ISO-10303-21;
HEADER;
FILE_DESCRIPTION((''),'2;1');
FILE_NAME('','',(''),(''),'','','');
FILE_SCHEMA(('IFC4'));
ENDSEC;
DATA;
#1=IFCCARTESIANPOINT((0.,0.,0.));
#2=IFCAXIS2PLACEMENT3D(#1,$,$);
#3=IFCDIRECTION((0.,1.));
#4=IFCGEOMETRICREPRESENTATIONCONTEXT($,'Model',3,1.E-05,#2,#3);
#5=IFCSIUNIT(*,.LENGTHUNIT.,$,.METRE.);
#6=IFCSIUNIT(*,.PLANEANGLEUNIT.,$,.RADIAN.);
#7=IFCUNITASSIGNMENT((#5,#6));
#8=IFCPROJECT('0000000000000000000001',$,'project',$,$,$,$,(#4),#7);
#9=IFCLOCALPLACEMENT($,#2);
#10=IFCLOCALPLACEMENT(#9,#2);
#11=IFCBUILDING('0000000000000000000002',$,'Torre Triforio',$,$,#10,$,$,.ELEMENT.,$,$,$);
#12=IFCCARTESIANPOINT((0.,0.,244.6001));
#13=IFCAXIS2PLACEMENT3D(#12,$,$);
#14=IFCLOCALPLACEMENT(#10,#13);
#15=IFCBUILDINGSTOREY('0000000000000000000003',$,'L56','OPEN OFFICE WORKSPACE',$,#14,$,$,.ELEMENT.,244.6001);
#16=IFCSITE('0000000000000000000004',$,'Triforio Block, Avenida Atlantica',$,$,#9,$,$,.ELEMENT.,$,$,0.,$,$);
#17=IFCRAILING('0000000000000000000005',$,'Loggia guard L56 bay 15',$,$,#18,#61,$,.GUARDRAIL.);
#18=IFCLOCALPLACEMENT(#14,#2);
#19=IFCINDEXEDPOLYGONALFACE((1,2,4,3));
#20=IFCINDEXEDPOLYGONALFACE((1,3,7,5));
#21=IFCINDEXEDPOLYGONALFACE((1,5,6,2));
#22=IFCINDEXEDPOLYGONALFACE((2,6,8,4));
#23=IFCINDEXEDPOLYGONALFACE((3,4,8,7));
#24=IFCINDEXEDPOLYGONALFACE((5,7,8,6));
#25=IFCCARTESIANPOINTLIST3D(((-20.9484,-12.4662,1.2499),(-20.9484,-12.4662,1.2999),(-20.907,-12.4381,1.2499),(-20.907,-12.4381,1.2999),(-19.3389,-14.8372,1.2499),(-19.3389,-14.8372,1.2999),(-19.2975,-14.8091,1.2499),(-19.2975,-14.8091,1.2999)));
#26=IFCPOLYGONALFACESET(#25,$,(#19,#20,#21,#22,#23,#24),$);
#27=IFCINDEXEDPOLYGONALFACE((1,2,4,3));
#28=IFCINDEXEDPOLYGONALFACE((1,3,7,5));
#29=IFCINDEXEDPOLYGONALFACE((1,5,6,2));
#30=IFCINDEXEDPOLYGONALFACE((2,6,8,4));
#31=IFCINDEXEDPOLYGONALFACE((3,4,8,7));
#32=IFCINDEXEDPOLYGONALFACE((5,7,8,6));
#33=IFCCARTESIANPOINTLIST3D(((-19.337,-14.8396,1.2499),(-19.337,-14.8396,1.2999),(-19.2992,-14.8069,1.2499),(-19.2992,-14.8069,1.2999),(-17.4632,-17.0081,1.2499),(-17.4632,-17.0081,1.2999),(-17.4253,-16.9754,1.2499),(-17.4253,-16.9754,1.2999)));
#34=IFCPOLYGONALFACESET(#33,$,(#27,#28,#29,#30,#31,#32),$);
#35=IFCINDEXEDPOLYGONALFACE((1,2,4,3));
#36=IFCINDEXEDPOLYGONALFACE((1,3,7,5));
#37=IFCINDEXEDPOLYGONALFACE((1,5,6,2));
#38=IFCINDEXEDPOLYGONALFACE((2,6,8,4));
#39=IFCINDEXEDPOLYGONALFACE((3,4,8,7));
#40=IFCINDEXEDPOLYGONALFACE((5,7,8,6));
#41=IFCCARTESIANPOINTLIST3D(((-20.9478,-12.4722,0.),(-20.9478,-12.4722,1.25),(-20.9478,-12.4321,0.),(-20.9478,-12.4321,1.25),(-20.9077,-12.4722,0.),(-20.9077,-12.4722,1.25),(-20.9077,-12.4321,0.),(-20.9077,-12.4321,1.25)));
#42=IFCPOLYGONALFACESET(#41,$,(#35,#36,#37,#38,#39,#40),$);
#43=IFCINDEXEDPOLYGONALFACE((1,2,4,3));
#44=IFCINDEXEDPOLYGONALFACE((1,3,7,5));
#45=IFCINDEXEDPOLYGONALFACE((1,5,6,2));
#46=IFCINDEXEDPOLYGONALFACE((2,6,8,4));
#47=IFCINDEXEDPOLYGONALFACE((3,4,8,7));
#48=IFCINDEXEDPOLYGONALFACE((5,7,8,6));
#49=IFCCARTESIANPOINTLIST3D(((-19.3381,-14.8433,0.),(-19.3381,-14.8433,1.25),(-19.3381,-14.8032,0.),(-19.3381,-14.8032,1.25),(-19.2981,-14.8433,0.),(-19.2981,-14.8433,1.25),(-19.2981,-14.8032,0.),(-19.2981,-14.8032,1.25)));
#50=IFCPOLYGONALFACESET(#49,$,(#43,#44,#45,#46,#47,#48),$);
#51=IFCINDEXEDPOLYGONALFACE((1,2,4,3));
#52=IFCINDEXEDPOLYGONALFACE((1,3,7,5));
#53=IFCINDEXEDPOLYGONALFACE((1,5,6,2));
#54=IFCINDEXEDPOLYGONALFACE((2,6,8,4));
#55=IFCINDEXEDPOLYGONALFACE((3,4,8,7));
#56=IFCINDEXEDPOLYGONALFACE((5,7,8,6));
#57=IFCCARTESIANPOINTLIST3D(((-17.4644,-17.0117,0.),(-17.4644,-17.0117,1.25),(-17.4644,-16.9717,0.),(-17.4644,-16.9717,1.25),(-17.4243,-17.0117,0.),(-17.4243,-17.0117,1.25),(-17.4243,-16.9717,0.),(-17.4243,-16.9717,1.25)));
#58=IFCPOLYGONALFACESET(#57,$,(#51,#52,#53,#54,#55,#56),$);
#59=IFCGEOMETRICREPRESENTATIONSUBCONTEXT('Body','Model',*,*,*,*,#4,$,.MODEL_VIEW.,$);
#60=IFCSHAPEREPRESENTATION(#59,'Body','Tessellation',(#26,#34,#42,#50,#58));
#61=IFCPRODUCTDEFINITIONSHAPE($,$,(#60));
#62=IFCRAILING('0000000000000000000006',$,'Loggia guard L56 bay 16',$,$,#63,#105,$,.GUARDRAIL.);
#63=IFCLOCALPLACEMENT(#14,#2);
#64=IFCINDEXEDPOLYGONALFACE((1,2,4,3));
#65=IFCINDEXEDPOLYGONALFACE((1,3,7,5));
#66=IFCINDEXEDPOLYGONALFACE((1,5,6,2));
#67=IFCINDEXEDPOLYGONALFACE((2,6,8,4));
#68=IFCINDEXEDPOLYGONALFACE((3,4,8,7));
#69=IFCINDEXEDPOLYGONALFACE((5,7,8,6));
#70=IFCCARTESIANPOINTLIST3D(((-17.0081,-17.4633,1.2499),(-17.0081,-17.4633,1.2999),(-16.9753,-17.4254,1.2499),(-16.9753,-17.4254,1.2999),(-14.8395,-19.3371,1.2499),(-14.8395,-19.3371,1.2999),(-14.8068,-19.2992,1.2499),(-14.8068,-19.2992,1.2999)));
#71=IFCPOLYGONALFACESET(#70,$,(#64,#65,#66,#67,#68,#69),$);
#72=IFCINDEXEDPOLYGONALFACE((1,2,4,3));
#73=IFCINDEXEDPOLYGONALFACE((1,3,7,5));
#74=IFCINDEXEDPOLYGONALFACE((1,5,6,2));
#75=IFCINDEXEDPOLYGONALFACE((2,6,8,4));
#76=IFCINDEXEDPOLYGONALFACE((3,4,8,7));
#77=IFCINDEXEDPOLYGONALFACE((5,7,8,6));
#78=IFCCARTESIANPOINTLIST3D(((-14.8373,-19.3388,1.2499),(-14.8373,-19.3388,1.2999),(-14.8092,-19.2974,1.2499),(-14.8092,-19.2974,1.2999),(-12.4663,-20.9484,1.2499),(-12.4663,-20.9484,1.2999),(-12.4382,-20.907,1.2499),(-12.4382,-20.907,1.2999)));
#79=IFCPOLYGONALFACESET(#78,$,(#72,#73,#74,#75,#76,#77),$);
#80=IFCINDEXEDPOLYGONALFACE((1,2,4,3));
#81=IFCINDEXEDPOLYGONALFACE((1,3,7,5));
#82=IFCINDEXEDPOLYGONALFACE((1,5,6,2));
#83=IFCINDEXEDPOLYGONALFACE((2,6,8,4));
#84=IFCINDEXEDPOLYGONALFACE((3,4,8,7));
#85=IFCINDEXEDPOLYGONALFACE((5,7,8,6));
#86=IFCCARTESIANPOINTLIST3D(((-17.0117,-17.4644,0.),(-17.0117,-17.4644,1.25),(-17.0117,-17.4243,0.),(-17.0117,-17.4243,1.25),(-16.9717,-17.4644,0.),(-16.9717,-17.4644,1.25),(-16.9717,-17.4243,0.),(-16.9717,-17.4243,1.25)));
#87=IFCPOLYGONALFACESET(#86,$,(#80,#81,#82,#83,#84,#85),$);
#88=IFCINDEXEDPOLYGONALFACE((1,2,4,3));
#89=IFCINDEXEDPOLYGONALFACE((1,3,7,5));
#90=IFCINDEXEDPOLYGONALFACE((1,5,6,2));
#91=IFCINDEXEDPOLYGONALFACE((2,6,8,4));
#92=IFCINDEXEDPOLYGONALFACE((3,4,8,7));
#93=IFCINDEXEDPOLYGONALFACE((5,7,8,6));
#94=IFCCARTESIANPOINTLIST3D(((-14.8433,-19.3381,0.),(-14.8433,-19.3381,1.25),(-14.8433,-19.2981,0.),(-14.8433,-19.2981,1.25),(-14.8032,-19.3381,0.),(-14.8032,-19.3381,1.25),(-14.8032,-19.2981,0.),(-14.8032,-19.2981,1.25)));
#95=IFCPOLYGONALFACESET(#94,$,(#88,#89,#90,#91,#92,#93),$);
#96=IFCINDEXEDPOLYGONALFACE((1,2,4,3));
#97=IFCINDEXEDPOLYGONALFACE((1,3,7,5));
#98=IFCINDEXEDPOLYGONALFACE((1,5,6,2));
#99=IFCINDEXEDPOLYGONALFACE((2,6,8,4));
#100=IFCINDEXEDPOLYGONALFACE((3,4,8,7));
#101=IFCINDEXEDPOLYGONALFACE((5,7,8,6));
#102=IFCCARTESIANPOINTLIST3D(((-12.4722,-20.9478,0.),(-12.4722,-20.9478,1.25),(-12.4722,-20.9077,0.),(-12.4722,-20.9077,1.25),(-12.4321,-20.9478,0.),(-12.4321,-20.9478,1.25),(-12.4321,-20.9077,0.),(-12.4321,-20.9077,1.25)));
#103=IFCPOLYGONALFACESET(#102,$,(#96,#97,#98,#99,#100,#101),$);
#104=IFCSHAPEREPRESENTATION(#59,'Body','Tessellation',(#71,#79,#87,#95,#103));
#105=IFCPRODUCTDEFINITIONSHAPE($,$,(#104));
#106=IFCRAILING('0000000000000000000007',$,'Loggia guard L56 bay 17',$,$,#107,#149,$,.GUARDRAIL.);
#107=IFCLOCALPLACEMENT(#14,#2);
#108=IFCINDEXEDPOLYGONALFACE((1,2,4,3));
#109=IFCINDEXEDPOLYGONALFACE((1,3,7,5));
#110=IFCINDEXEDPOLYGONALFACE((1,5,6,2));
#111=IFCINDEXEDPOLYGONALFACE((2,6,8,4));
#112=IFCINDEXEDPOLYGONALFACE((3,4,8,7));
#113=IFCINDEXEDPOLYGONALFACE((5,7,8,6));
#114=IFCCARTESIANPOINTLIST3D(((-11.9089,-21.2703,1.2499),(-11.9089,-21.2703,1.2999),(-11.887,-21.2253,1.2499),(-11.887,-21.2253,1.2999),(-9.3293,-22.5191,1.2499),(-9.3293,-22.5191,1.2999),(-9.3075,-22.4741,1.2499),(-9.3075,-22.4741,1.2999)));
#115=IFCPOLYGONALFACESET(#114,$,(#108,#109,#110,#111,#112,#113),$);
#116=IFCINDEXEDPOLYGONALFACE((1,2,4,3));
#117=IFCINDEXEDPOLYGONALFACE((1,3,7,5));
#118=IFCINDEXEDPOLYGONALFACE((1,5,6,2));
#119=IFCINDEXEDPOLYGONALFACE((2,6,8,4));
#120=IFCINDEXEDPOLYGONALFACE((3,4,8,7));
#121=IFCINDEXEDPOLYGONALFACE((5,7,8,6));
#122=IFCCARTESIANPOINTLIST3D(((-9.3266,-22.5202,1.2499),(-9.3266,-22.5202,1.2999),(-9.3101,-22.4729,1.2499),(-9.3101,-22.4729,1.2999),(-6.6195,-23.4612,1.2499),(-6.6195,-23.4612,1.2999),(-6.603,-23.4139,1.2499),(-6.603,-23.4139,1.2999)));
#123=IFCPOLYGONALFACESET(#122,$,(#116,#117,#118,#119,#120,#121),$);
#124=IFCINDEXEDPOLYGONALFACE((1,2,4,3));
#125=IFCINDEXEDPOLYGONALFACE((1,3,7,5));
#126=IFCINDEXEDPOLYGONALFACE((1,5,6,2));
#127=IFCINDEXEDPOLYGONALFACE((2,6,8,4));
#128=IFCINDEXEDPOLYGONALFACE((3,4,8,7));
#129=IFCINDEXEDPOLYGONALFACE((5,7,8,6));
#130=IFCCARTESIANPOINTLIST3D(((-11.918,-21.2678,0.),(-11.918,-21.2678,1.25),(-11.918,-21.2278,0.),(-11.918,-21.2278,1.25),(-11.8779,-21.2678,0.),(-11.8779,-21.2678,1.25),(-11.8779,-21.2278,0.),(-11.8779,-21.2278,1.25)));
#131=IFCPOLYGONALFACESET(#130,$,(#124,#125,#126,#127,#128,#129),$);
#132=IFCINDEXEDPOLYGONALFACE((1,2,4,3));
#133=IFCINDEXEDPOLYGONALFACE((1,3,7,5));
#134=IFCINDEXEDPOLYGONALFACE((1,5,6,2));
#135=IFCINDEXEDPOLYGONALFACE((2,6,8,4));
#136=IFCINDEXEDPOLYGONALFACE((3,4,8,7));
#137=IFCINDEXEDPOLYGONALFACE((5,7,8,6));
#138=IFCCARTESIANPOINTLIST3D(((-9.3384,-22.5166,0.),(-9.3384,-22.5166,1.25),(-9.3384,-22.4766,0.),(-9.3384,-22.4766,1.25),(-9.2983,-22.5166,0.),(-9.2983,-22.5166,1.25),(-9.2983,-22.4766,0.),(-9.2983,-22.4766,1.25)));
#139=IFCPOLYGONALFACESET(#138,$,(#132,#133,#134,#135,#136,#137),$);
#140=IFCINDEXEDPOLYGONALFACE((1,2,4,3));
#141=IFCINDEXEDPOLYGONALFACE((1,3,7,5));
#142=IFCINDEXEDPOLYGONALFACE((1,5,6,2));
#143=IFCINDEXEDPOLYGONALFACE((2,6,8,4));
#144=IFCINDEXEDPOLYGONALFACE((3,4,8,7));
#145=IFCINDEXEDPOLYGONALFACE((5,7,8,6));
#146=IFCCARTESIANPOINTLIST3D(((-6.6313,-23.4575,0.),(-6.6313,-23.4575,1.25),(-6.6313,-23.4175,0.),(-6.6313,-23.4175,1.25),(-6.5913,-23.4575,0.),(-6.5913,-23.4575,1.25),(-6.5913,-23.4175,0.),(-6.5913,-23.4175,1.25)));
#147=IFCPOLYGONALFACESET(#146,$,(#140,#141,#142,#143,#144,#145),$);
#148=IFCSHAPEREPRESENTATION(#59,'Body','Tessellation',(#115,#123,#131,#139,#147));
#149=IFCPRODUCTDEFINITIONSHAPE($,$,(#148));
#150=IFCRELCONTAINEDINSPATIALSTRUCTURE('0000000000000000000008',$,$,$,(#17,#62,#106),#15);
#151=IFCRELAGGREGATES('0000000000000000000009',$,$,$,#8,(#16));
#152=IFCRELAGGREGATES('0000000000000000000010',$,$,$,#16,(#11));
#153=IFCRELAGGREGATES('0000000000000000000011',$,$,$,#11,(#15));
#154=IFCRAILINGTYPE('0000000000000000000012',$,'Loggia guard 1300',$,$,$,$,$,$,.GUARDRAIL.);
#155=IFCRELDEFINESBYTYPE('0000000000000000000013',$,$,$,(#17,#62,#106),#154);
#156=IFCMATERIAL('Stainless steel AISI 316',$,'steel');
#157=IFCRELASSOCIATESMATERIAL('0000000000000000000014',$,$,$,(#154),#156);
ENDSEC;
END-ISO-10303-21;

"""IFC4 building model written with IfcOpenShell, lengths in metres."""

from ifc_helpers import new_model, si_unit, direction, frame, origin, origin_2d, place, context, subcontext, project, spatial, rectangle, extrude, material, type_object, element, save


model = new_model("IFC4")

# Units and contexts
model_context = context("Model", 3, precision=1e-05, world=origin(), true_north=direction((0.0, 1.0)))
body_context = subcontext(model_context, "Body", "Model", "MODEL_VIEW")
ifc_project = project(units=[si_unit("LENGTHUNIT", "METRE"), si_unit("PLANEANGLEUNIT", "RADIAN")], contexts=[model_context])

# Site, building, storey
site_placement = place(None, origin())
site = spatial("IfcSite", under=ifc_project, at=site_placement, Name="Triforio Block, Avenida Atlantica", CompositionType="ELEMENT", RefElevation=0.0)
building_placement = place(site_placement, origin())
building = spatial("IfcBuilding", under=site, at=building_placement, Name="Torre Triforio", CompositionType="ELEMENT")
storey_placement = place(building_placement, frame((0.0, 0.0, 244.6001)))
storey = spatial("IfcBuildingStorey", under=building, at=storey_placement, Name="L56", Description="OPEN OFFICE WORKSPACE", CompositionType="ELEMENT", Elevation=244.6001)

# Railings
ifc_material_1 = material(Name="Stainless steel AISI 316", Category="steel")
railing_type = type_object("IfcRailingType", Name="Loggia guard 1300", PredefinedType="GUARDRAIL", material=ifc_material_1)
railing_1_placement = place(storey_placement, frame((-20.9277, -12.4521, 0.0)))
element("IfcRailing", 1, at=railing_1_placement, inside=storey, type_object=railing_type, Name="Loggia guard L56 bay 15", PredefinedType="GUARDRAIL", context=body_context, shape_type="SweptSolid", body=[
    extrude(rectangle(XDim=0.05, YDim=0.05, at=origin_2d()), frame((0.0, 0.0, 1.2749), z_axis=(0.56166, -0.827368, 0.0), x_axis=(0.827368, 0.56166, 0.0)), (0.0, 0.0, 1.0), 2.8657),
    extrude(rectangle(XDim=0.05, YDim=0.05, at=origin_2d()), frame((1.6096, -2.3711, 1.2749), z_axis=(0.653824, -0.756647, 0.0), x_axis=(0.756647, 0.653824, 0.0)), (0.0, 0.0, 1.0), 2.866),
    extrude(rectangle(XDim=0.04, YDim=0.04, at=origin_2d()), origin(), (0.0, 0.0, 1.0), 1.25),
    extrude(rectangle(XDim=0.04, YDim=0.04, at=origin_2d()), frame((1.6096, -2.3711, 0.0)), (0.0, 0.0, 1.0), 1.25),
    extrude(rectangle(XDim=0.04, YDim=0.04, at=origin_2d()), frame((3.4834, -4.5396, 0.0)), (0.0, 0.0, 1.0), 1.25),
])
railing_2_placement = place(storey_placement, frame((-16.9917, -17.4443, 0.0)))
element("IfcRailing", 2, at=railing_2_placement, inside=storey, type_object=railing_type, Name="Loggia guard L56 bay 16", PredefinedType="GUARDRAIL", context=body_context, shape_type="SweptSolid", body=[
    extrude(rectangle(XDim=0.05, YDim=0.05, at=origin_2d()), frame((0.0, 0.0, 1.2749), z_axis=(0.756647, -0.653824, 0.0), x_axis=(0.653824, 0.756647, 0.0)), (0.0, 0.0, 1.0), 2.866),
    extrude(rectangle(XDim=0.05, YDim=0.05, at=origin_2d()), frame((2.1685, -1.8738, 1.2749), z_axis=(0.827368, -0.56166, 0.0), x_axis=(0.56166, 0.827368, 0.0)), (0.0, 0.0, 1.0), 2.8657),
    extrude(rectangle(XDim=0.04, YDim=0.04, at=origin_2d()), origin(), (0.0, 0.0, 1.0), 1.25),
    extrude(rectangle(XDim=0.04, YDim=0.04, at=origin_2d()), frame((2.1685, -1.8738, 0.0)), (0.0, 0.0, 1.0), 1.25),
    extrude(rectangle(XDim=0.04, YDim=0.04, at=origin_2d()), frame((4.5396, -3.4834, 0.0)), (0.0, 0.0, 1.0), 1.25),
])
railing_3_placement = place(storey_placement, frame((-11.8979, -21.2478, 0.0)))
element("IfcRailing", 3, at=railing_3_placement, inside=storey, type_object=railing_type, Name="Loggia guard L56 bay 17", PredefinedType="GUARDRAIL", context=body_context, shape_type="SweptSolid", body=[
    extrude(rectangle(XDim=0.05, YDim=0.05, at=origin_2d()), frame((0.0, 0.0, 1.2749), z_axis=(0.900078, -0.435728, 0.0), x_axis=(0.435728, 0.900078, 0.0)), (0.0, 0.0, 1.0), 2.866),
    extrude(rectangle(XDim=0.05, YDim=0.05, at=origin_2d()), frame((2.5796, -1.2488, 1.2749), z_axis=(0.944568, -0.328316, 0.0), x_axis=(0.328316, 0.944568, 0.0)), (0.0, 0.0, 1.0), 2.866),
    extrude(rectangle(XDim=0.04, YDim=0.04, at=origin_2d()), origin(), (0.0, 0.0, 1.0), 1.25),
    extrude(rectangle(XDim=0.04, YDim=0.04, at=origin_2d()), frame((2.5796, -1.2488, 0.0)), (0.0, 0.0, 1.0), 1.25),
    extrude(rectangle(XDim=0.04, YDim=0.04, at=origin_2d()), frame((5.2866, -2.1897, 0.0)), (0.0, 0.0, 1.0), 1.25),
])

save(model, "model.ifc")
